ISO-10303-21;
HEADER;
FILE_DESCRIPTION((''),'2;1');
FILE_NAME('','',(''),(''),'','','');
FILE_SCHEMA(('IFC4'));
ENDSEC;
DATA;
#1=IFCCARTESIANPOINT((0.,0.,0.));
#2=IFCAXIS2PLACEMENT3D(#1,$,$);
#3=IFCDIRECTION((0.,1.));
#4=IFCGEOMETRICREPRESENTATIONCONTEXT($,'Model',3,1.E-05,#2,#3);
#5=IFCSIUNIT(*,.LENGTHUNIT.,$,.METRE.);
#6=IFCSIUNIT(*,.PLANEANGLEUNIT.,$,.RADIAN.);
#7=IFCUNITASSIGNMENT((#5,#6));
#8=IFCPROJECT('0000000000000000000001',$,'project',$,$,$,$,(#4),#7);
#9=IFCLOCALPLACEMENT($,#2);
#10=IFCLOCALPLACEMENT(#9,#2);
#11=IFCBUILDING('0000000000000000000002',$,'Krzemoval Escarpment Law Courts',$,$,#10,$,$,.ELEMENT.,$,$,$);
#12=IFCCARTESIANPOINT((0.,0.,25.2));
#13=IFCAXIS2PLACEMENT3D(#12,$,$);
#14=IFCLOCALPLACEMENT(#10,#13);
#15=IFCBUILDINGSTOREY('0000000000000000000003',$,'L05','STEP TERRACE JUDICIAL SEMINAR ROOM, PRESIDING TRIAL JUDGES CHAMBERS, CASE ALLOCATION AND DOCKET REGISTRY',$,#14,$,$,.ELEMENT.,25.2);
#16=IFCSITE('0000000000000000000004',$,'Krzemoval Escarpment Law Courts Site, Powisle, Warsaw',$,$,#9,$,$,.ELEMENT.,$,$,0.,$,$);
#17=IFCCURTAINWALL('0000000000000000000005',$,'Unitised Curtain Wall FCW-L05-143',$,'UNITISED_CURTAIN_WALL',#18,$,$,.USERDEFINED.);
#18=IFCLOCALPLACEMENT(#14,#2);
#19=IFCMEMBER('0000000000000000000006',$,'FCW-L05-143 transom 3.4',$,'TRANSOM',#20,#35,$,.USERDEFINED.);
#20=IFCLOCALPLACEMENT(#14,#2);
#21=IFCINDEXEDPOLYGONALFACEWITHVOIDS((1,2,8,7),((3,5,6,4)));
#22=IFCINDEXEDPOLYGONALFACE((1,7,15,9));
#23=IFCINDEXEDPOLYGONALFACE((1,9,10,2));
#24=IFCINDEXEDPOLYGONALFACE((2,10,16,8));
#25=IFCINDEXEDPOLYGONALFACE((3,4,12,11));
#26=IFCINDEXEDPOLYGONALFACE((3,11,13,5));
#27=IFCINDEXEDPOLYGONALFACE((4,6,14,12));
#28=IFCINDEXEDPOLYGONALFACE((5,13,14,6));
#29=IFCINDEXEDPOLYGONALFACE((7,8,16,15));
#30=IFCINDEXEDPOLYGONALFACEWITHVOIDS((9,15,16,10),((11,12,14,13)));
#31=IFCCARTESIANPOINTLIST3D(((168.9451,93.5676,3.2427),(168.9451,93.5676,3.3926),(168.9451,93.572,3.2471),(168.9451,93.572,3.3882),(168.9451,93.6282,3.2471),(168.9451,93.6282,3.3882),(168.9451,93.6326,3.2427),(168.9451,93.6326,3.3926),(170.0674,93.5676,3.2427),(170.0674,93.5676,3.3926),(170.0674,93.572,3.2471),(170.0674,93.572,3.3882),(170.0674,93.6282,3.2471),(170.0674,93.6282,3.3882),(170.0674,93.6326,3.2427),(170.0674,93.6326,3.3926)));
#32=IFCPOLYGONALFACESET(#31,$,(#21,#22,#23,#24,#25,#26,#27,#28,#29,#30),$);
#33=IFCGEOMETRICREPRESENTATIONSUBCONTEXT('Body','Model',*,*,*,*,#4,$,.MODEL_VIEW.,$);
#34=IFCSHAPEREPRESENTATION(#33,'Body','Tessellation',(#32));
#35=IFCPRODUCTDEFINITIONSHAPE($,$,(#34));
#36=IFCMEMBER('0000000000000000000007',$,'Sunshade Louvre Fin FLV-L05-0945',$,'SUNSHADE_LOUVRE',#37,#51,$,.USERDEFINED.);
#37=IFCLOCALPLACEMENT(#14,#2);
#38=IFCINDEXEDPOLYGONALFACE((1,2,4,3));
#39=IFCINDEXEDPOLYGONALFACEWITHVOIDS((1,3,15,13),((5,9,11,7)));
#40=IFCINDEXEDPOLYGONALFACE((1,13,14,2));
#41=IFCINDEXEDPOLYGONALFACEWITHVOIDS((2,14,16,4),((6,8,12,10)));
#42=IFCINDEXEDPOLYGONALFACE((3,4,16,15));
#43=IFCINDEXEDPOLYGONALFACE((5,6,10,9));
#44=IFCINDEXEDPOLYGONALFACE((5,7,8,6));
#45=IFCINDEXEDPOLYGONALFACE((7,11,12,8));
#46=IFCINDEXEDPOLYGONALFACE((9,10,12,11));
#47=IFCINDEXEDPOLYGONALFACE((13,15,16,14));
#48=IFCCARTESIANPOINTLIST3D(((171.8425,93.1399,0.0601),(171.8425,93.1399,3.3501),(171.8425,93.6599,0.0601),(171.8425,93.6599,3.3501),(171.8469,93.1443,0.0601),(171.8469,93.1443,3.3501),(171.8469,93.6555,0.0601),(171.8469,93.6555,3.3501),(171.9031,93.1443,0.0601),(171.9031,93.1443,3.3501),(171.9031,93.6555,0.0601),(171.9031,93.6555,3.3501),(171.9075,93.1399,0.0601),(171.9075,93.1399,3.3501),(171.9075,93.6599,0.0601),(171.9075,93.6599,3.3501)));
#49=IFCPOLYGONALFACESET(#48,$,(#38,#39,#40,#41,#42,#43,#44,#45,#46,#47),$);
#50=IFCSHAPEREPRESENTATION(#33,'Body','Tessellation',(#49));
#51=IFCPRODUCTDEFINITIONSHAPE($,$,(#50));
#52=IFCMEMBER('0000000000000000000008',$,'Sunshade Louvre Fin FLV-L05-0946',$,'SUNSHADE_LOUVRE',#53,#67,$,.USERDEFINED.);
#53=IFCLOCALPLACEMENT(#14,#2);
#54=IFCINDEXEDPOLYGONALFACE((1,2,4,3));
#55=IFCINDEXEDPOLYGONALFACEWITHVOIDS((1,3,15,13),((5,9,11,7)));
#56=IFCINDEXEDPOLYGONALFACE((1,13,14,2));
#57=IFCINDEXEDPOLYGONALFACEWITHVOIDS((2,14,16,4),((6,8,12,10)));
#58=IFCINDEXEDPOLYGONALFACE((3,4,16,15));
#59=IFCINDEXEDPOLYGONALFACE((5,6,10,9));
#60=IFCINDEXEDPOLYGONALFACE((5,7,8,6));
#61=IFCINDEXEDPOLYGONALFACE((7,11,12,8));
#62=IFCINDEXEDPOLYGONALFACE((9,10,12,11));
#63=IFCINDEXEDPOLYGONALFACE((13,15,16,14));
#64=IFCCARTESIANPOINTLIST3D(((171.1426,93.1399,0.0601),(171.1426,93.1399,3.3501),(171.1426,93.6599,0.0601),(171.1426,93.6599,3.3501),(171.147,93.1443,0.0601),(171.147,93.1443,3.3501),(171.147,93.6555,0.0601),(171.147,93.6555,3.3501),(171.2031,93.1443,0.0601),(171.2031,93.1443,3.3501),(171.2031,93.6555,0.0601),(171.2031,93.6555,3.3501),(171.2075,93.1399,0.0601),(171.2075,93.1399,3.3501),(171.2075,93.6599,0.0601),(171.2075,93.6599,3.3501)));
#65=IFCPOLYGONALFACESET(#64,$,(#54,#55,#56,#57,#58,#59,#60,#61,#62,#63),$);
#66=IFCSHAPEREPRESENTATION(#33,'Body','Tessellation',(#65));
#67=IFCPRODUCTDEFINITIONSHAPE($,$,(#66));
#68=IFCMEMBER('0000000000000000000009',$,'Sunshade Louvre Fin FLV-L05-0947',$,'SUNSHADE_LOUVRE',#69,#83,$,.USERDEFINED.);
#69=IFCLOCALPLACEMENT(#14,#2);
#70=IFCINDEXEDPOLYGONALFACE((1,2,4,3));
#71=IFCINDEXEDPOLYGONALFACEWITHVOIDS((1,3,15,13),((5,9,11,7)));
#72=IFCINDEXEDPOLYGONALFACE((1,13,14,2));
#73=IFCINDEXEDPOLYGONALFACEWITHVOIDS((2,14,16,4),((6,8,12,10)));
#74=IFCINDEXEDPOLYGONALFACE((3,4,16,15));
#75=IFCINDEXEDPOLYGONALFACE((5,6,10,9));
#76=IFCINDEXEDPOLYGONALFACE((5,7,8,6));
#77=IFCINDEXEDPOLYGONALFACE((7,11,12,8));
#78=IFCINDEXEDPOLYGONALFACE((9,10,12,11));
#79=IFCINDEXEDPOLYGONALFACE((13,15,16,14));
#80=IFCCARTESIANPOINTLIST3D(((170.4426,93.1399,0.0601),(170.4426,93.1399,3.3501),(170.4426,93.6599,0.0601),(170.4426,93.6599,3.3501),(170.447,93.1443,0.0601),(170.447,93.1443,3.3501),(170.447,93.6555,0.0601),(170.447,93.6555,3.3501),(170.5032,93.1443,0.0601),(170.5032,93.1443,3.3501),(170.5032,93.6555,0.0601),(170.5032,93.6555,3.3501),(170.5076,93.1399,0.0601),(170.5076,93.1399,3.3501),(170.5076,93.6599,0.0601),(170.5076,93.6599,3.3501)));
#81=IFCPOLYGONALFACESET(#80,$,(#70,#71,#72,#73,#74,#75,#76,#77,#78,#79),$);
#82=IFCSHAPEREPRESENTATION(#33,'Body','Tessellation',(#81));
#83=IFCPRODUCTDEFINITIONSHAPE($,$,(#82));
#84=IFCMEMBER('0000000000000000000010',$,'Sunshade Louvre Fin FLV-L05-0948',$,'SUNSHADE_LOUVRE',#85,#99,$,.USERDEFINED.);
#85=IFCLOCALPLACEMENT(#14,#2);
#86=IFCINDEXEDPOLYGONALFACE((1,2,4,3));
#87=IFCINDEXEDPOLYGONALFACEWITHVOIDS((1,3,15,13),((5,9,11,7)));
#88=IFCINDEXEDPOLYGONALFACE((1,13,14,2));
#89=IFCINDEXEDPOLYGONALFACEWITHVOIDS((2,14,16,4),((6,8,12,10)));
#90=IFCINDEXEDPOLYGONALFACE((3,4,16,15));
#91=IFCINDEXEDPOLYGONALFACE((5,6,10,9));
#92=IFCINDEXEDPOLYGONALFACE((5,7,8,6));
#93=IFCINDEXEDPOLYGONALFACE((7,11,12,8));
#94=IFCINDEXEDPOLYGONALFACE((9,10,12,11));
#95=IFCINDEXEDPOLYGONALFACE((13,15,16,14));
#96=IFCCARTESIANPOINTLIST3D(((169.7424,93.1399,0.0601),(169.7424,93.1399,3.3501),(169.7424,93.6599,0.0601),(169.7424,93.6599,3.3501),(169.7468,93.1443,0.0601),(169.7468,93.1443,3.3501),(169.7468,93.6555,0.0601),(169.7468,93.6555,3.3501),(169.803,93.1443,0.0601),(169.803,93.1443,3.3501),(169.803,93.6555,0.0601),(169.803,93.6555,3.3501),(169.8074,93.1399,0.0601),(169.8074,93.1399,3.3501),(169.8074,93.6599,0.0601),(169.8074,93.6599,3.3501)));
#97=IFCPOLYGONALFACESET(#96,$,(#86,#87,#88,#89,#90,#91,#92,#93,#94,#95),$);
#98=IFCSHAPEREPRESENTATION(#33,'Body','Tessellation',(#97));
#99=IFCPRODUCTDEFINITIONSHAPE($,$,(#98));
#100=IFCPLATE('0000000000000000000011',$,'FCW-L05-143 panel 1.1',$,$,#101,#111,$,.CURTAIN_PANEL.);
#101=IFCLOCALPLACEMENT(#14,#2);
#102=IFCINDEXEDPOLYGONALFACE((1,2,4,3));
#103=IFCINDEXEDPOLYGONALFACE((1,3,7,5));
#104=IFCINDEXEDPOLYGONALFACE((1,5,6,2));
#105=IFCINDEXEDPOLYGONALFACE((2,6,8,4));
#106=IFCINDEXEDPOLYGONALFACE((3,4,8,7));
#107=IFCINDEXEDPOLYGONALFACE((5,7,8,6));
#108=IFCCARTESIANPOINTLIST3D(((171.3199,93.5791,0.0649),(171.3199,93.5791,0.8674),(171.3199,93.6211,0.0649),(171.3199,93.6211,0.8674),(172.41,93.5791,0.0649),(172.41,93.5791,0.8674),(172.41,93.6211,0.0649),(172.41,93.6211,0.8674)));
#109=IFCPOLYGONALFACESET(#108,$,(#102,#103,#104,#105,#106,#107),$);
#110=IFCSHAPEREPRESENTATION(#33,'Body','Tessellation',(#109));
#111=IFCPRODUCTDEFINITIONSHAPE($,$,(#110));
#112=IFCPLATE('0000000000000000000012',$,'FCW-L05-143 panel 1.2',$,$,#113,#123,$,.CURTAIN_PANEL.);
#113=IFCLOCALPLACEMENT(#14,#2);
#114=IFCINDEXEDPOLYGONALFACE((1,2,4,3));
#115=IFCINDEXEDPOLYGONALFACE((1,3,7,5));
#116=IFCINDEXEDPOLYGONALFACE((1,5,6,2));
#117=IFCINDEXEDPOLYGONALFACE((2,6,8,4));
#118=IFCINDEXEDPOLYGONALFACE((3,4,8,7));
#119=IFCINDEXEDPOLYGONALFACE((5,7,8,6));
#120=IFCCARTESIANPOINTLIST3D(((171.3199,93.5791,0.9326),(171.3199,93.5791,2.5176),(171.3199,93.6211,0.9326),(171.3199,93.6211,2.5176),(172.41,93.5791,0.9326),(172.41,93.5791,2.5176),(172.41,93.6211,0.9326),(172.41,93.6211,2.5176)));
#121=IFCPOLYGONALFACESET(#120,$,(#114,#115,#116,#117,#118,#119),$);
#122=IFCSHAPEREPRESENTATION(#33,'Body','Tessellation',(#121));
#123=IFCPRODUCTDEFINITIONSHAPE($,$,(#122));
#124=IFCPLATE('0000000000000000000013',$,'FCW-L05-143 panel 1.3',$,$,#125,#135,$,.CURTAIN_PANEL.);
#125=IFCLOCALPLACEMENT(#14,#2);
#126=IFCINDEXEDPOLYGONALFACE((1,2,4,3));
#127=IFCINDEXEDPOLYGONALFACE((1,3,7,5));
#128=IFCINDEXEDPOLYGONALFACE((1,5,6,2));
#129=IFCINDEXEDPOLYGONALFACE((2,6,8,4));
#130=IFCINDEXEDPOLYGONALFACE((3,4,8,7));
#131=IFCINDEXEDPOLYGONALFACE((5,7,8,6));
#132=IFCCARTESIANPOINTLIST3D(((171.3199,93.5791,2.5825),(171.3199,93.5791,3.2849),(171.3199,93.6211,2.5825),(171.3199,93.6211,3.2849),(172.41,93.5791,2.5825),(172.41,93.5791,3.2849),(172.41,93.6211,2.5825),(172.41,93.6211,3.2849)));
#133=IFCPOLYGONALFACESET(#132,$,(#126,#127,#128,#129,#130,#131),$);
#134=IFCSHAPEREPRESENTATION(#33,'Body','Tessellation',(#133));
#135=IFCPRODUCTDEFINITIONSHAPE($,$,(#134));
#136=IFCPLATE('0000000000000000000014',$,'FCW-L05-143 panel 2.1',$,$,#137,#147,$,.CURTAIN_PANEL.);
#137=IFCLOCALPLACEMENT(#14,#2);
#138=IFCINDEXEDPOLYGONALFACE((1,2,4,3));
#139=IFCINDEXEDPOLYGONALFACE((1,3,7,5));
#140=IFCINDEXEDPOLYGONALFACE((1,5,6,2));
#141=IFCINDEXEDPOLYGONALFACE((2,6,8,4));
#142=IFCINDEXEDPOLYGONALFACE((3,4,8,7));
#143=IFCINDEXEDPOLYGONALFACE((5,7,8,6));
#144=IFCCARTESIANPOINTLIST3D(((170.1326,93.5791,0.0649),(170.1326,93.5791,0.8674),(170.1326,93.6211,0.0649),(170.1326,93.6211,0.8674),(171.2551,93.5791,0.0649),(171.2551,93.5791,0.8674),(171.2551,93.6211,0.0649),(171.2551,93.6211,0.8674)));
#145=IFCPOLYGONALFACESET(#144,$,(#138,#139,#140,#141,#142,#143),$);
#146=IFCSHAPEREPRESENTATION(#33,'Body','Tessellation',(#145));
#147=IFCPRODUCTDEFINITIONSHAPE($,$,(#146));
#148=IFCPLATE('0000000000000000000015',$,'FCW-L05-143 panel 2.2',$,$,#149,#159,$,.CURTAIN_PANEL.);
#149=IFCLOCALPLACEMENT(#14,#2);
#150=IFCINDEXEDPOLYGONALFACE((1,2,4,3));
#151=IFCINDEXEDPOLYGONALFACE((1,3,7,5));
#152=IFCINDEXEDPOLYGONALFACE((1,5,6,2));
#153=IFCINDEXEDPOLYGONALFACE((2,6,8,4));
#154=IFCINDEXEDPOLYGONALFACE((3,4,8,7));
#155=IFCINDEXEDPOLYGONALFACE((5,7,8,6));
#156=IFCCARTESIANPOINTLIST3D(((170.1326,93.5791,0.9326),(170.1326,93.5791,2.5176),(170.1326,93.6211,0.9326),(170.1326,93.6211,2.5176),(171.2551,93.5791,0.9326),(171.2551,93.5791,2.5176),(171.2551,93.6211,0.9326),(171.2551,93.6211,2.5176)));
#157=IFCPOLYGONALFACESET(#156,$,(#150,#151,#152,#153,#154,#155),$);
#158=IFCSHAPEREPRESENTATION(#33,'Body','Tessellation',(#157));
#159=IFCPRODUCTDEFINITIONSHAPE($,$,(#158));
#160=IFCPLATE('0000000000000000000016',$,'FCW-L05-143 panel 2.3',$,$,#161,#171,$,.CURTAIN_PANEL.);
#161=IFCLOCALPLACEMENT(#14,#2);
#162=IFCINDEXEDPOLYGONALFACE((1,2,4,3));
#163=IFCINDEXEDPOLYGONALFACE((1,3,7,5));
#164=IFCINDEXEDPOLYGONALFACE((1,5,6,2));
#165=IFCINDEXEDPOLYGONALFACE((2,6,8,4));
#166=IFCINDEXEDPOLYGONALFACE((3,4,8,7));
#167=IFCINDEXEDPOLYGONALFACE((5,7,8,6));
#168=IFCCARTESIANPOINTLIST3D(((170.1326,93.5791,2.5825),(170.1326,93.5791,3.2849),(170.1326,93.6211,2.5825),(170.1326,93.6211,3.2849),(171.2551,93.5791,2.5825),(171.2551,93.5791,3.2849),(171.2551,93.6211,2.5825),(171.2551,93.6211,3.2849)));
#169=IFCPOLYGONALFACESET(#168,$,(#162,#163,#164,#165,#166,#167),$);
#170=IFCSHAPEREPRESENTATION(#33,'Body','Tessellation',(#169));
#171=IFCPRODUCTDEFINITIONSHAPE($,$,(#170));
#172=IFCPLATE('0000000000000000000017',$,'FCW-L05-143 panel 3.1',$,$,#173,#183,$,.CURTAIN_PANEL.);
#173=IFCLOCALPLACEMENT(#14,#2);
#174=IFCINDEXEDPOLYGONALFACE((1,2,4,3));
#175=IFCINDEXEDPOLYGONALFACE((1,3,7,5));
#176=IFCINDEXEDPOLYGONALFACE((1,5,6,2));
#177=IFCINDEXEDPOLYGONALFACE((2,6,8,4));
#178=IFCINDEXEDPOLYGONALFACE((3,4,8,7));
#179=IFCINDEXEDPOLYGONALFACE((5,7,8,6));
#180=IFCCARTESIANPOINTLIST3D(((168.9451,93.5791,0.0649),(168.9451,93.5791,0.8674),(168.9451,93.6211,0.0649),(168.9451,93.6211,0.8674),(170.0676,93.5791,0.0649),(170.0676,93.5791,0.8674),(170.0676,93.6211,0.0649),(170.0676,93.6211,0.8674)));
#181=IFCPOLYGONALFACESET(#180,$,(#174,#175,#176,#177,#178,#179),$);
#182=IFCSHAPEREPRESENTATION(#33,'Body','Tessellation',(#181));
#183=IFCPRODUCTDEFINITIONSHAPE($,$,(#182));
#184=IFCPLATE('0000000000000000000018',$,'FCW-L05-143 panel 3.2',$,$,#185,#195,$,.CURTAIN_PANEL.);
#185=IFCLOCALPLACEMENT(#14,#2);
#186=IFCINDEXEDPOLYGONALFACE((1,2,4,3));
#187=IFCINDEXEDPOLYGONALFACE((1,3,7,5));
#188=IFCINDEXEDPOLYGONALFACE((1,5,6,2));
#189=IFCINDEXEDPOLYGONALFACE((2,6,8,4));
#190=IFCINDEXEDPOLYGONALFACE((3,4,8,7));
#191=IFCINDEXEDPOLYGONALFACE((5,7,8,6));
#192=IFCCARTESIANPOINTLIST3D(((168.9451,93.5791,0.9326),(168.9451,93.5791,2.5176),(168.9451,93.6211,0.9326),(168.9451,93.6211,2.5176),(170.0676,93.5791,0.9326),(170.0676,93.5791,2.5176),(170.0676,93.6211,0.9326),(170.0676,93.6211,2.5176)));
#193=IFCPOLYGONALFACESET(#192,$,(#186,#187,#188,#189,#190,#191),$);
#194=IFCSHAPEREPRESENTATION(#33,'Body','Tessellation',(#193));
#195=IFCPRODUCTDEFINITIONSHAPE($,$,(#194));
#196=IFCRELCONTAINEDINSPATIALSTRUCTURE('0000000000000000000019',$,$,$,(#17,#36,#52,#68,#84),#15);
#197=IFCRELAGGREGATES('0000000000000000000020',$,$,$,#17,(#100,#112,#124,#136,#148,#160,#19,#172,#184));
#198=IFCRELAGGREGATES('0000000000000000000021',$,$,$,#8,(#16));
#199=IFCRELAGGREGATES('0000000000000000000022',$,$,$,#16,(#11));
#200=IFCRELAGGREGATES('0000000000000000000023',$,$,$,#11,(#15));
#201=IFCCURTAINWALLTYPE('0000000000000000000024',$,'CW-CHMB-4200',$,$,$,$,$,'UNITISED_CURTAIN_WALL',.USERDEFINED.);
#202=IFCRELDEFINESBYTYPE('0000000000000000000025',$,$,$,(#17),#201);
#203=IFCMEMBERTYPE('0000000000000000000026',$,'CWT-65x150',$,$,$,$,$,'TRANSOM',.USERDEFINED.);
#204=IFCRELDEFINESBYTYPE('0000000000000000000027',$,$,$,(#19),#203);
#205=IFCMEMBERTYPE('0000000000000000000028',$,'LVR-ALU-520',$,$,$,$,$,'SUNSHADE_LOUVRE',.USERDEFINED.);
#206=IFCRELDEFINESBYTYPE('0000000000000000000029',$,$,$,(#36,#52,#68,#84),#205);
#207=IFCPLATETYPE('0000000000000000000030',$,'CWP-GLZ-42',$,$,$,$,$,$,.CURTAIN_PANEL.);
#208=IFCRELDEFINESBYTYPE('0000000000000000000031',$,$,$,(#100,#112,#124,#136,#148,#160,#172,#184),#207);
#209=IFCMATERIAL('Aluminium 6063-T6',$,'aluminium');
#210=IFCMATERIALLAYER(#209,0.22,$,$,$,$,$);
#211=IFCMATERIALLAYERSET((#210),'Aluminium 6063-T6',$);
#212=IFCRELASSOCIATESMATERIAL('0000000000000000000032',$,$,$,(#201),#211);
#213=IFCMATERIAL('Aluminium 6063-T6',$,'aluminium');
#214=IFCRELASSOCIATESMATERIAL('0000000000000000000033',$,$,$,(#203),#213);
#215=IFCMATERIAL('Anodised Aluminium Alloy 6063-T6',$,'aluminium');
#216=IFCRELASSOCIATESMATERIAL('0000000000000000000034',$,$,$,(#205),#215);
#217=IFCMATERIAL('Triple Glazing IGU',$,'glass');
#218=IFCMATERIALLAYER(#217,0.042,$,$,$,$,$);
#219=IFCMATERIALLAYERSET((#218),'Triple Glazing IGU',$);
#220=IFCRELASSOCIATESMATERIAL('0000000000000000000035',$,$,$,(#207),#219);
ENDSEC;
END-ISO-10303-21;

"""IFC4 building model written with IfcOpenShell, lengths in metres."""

from ifc_helpers import new_model, si_unit, direction, frame, origin, origin_2d, place, context, subcontext, project, spatial, rectangle, hollow_rectangle, extrude, material, layer, layer_set, material_profile, profile_set, type_object, element, aggregate, save


model = new_model("IFC4")

# Units and contexts
model_context = context("Model", 3, precision=1e-05, world=origin(), true_north=direction((0.0, 1.0)))
body_context = subcontext(model_context, "Body", "Model", "MODEL_VIEW")
ifc_project = project(units=[si_unit("LENGTHUNIT", "METRE"), si_unit("PLANEANGLEUNIT", "RADIAN")], contexts=[model_context])

# Site, building, storey
site_placement = place(None, origin())
site = spatial("IfcSite", under=ifc_project, at=site_placement, Name="Krzemoval Escarpment Law Courts Site, Powisle, Warsaw", CompositionType="ELEMENT", RefElevation=0.0)
building_placement = place(site_placement, origin())
building = spatial("IfcBuilding", under=site, at=building_placement, Name="Krzemoval Escarpment Law Courts", CompositionType="ELEMENT")
storey_placement = place(building_placement, frame((0.0, 0.0, 25.2)))
storey = spatial("IfcBuildingStorey", under=building, at=storey_placement, Name="L05", Description="STEP TERRACE JUDICIAL SEMINAR ROOM, PRESIDING TRIAL JUDGES CHAMBERS, CASE ALLOCATION AND DOCKET REGISTRY", CompositionType="ELEMENT", Elevation=25.2)

# Curtain wall, member
ifc_material_1 = material(Name="Aluminium 6063-T6", Category="aluminium")
ifc_layer_1 = layer(ifc_material_1, 0.22)
ifc_layer_set_1 = layer_set([ifc_layer_1], Name="Aluminium 6063-T6")
curtain_wall_type = type_object("IfcCurtainWallType", Name="CW-CHMB-4200", ElementType="UNITISED_CURTAIN_WALL", PredefinedType="USERDEFINED", material=ifc_layer_set_1)
curtain_wall_placement = place(storey_placement, origin())
curtain_wall = element("IfcCurtainWall", 1, at=curtain_wall_placement, inside=storey, type_object=curtain_wall_type, Name="Unitised Curtain Wall FCW-L05-143", ObjectType="UNITISED_CURTAIN_WALL", PredefinedType="USERDEFINED")
ifc_material_2 = material(Name="Aluminium 6063-T6", Category="aluminium")
ifc_material_profile_1 = material_profile(ifc_material_2, hollow_rectangle(XDim=0.0649, YDim=0.1499, WallThickness=0.0044, at=origin_2d()), Name="ALU T65x150")
ifc_profile_set_1 = profile_set([ifc_material_profile_1], Name="Aluminium 6063-T6")
member_type_1 = type_object("IfcMemberType", Name="CWT-65x150", ElementType="TRANSOM", PredefinedType="USERDEFINED", material=ifc_profile_set_1)
member_1_placement = place(storey_placement, frame((170.0674, 93.6001, 3.3176), z_axis=(-1.0, 0.0, 0.0), x_axis=(0.0, -1.0, 0.0)))
member_1 = element("IfcMember", 2, at=member_1_placement, type_object=member_type_1, Name="FCW-L05-143 transom 3.4", ObjectType="TRANSOM", PredefinedType="USERDEFINED", context=body_context, shape_type="SweptSolid", body=[
    extrude(hollow_rectangle(XDim=0.0649, YDim=0.1499, WallThickness=0.0044, at=origin_2d()), origin(), (0.0, 0.0, 1.0), 1.1223),
])

# Members
ifc_material_3 = material(Name="Anodised Aluminium Alloy 6063-T6", Category="aluminium")
ifc_material_profile_2 = material_profile(ifc_material_3, hollow_rectangle(XDim=0.0649, YDim=0.52, WallThickness=0.0044, at=origin_2d()), Name="ALU LVR 65x520")
ifc_profile_set_2 = profile_set([ifc_material_profile_2], Name="Anodised Aluminium Alloy 6063-T6")
member_type_2 = type_object("IfcMemberType", Name="LVR-ALU-520", ElementType="SUNSHADE_LOUVRE", PredefinedType="USERDEFINED", material=ifc_profile_set_2)
for number, where, z_axis, x_axis, name in (
    (3, (171.875, 93.3999, 0.0601), (0.0, 0.0, 1.0), (1.0, 0.0, 0.0), "Sunshade Louvre Fin FLV-L05-0945"),
    (4, (171.175, 93.3999, 0.0601), (0.0, 0.0, 1.0), (1.0, 0.0, 0.0), "Sunshade Louvre Fin FLV-L05-0946"),
    (5, (170.4751, 93.3999, 0.0601), (0.0, 0.0, 1.0), (1.0, 0.0, 0.0), "Sunshade Louvre Fin FLV-L05-0947"),
    (6, (169.7749, 93.3999, 0.0601), (0.0, 0.0, 1.0), (1.0, 0.0, 0.0), "Sunshade Louvre Fin FLV-L05-0948"),
):
    element("IfcMember", number, at=place(storey_placement, frame(where, z_axis=z_axis, x_axis=x_axis)), inside=storey, type_object=member_type_2, Name=name, ObjectType="SUNSHADE_LOUVRE", PredefinedType="USERDEFINED", context=body_context, shape_type="SweptSolid", body=[
        extrude(hollow_rectangle(XDim=0.0649, YDim=0.52, WallThickness=0.0044, at=origin_2d()), origin(), (0.0, 0.0, 1.0), 3.29),
    ])

# Plates
ifc_material_4 = material(Name="Triple Glazing IGU", Category="glass")
ifc_layer_2 = layer(ifc_material_4, 0.042)
ifc_layer_set_2 = layer_set([ifc_layer_2], Name="Triple Glazing IGU")
plate_type = type_object("IfcPlateType", Name="CWP-GLZ-42", PredefinedType="CURTAIN_PANEL", material=ifc_layer_set_2)
plate_1_placement = place(storey_placement, frame((171.865, 93.6001, 0.0649), z_axis=(0.0, 0.0, 1.0), x_axis=(-1.0, 0.0, 0.0)))
plate_1 = element("IfcPlate", 7, at=plate_1_placement, type_object=plate_type, Name="FCW-L05-143 panel 1.1", PredefinedType="CURTAIN_PANEL", context=body_context, shape_type="SweptSolid", body=[
    extrude(rectangle(XDim=1.0901, YDim=0.042, at=origin_2d()), origin(), (0.0, 0.0, 1.0), 0.8025),
])
plate_2_placement = place(storey_placement, frame((171.865, 93.6001, 0.9326), z_axis=(0.0, 0.0, 1.0), x_axis=(-1.0, 0.0, 0.0)))
plate_2 = element("IfcPlate", 8, at=plate_2_placement, type_object=plate_type, Name="FCW-L05-143 panel 1.2", PredefinedType="CURTAIN_PANEL", context=body_context, shape_type="SweptSolid", body=[
    extrude(rectangle(XDim=1.0901, YDim=0.042, at=origin_2d()), origin(), (0.0, 0.0, 1.0), 1.585),
])
plate_3_placement = place(storey_placement, frame((171.865, 93.6001, 2.5825), z_axis=(0.0, 0.0, 1.0), x_axis=(-1.0, 0.0, 0.0)))
plate_3 = element("IfcPlate", 9, at=plate_3_placement, type_object=plate_type, Name="FCW-L05-143 panel 1.3", PredefinedType="CURTAIN_PANEL", context=body_context, shape_type="SweptSolid", body=[
    extrude(rectangle(XDim=1.0901, YDim=0.042, at=origin_2d()), origin(), (0.0, 0.0, 1.0), 0.7024),
])
plate_4_placement = place(storey_placement, frame((170.6938, 93.6001, 0.0649), z_axis=(0.0, 0.0, 1.0), x_axis=(-1.0, 0.0, 0.0)))
plate_4 = element("IfcPlate", 10, at=plate_4_placement, type_object=plate_type, Name="FCW-L05-143 panel 2.1", PredefinedType="CURTAIN_PANEL", context=body_context, shape_type="SweptSolid", body=[
    extrude(rectangle(XDim=1.1226, YDim=0.042, at=origin_2d()), origin(), (0.0, 0.0, 1.0), 0.8025),
])
plate_5_placement = place(storey_placement, frame((170.6938, 93.6001, 0.9326), z_axis=(0.0, 0.0, 1.0), x_axis=(-1.0, 0.0, 0.0)))
plate_5 = element("IfcPlate", 11, at=plate_5_placement, type_object=plate_type, Name="FCW-L05-143 panel 2.2", PredefinedType="CURTAIN_PANEL", context=body_context, shape_type="SweptSolid", body=[
    extrude(rectangle(XDim=1.1226, YDim=0.042, at=origin_2d()), origin(), (0.0, 0.0, 1.0), 1.585),
])
plate_6_placement = place(storey_placement, frame((170.6938, 93.6001, 2.5825), z_axis=(0.0, 0.0, 1.0), x_axis=(-1.0, 0.0, 0.0)))
plate_6 = element("IfcPlate", 12, at=plate_6_placement, type_object=plate_type, Name="FCW-L05-143 panel 2.3", PredefinedType="CURTAIN_PANEL", context=body_context, shape_type="SweptSolid", body=[
    extrude(rectangle(XDim=1.1226, YDim=0.042, at=origin_2d()), origin(), (0.0, 0.0, 1.0), 0.7024),
])
plate_7_placement = place(storey_placement, frame((169.5063, 93.6001, 0.0649), z_axis=(0.0, 0.0, 1.0), x_axis=(-1.0, 0.0, 0.0)))
plate_7 = element("IfcPlate", 13, at=plate_7_placement, type_object=plate_type, Name="FCW-L05-143 panel 3.1", PredefinedType="CURTAIN_PANEL", context=body_context, shape_type="SweptSolid", body=[
    extrude(rectangle(XDim=1.1226, YDim=0.042, at=origin_2d()), origin(), (0.0, 0.0, 1.0), 0.8025),
])
plate_8_placement = place(storey_placement, frame((169.5063, 93.6001, 0.9326), z_axis=(0.0, 0.0, 1.0), x_axis=(-1.0, 0.0, 0.0)))
plate_8 = element("IfcPlate", 14, at=plate_8_placement, type_object=plate_type, Name="FCW-L05-143 panel 3.2", PredefinedType="CURTAIN_PANEL", context=body_context, shape_type="SweptSolid", body=[
    extrude(rectangle(XDim=1.1226, YDim=0.042, at=origin_2d()), origin(), (0.0, 0.0, 1.0), 1.585),
])
aggregate(curtain_wall, [plate_1, plate_2, plate_3, plate_4, plate_5, plate_6, member_1, plate_7, plate_8])

save(model, "model.ifc")
